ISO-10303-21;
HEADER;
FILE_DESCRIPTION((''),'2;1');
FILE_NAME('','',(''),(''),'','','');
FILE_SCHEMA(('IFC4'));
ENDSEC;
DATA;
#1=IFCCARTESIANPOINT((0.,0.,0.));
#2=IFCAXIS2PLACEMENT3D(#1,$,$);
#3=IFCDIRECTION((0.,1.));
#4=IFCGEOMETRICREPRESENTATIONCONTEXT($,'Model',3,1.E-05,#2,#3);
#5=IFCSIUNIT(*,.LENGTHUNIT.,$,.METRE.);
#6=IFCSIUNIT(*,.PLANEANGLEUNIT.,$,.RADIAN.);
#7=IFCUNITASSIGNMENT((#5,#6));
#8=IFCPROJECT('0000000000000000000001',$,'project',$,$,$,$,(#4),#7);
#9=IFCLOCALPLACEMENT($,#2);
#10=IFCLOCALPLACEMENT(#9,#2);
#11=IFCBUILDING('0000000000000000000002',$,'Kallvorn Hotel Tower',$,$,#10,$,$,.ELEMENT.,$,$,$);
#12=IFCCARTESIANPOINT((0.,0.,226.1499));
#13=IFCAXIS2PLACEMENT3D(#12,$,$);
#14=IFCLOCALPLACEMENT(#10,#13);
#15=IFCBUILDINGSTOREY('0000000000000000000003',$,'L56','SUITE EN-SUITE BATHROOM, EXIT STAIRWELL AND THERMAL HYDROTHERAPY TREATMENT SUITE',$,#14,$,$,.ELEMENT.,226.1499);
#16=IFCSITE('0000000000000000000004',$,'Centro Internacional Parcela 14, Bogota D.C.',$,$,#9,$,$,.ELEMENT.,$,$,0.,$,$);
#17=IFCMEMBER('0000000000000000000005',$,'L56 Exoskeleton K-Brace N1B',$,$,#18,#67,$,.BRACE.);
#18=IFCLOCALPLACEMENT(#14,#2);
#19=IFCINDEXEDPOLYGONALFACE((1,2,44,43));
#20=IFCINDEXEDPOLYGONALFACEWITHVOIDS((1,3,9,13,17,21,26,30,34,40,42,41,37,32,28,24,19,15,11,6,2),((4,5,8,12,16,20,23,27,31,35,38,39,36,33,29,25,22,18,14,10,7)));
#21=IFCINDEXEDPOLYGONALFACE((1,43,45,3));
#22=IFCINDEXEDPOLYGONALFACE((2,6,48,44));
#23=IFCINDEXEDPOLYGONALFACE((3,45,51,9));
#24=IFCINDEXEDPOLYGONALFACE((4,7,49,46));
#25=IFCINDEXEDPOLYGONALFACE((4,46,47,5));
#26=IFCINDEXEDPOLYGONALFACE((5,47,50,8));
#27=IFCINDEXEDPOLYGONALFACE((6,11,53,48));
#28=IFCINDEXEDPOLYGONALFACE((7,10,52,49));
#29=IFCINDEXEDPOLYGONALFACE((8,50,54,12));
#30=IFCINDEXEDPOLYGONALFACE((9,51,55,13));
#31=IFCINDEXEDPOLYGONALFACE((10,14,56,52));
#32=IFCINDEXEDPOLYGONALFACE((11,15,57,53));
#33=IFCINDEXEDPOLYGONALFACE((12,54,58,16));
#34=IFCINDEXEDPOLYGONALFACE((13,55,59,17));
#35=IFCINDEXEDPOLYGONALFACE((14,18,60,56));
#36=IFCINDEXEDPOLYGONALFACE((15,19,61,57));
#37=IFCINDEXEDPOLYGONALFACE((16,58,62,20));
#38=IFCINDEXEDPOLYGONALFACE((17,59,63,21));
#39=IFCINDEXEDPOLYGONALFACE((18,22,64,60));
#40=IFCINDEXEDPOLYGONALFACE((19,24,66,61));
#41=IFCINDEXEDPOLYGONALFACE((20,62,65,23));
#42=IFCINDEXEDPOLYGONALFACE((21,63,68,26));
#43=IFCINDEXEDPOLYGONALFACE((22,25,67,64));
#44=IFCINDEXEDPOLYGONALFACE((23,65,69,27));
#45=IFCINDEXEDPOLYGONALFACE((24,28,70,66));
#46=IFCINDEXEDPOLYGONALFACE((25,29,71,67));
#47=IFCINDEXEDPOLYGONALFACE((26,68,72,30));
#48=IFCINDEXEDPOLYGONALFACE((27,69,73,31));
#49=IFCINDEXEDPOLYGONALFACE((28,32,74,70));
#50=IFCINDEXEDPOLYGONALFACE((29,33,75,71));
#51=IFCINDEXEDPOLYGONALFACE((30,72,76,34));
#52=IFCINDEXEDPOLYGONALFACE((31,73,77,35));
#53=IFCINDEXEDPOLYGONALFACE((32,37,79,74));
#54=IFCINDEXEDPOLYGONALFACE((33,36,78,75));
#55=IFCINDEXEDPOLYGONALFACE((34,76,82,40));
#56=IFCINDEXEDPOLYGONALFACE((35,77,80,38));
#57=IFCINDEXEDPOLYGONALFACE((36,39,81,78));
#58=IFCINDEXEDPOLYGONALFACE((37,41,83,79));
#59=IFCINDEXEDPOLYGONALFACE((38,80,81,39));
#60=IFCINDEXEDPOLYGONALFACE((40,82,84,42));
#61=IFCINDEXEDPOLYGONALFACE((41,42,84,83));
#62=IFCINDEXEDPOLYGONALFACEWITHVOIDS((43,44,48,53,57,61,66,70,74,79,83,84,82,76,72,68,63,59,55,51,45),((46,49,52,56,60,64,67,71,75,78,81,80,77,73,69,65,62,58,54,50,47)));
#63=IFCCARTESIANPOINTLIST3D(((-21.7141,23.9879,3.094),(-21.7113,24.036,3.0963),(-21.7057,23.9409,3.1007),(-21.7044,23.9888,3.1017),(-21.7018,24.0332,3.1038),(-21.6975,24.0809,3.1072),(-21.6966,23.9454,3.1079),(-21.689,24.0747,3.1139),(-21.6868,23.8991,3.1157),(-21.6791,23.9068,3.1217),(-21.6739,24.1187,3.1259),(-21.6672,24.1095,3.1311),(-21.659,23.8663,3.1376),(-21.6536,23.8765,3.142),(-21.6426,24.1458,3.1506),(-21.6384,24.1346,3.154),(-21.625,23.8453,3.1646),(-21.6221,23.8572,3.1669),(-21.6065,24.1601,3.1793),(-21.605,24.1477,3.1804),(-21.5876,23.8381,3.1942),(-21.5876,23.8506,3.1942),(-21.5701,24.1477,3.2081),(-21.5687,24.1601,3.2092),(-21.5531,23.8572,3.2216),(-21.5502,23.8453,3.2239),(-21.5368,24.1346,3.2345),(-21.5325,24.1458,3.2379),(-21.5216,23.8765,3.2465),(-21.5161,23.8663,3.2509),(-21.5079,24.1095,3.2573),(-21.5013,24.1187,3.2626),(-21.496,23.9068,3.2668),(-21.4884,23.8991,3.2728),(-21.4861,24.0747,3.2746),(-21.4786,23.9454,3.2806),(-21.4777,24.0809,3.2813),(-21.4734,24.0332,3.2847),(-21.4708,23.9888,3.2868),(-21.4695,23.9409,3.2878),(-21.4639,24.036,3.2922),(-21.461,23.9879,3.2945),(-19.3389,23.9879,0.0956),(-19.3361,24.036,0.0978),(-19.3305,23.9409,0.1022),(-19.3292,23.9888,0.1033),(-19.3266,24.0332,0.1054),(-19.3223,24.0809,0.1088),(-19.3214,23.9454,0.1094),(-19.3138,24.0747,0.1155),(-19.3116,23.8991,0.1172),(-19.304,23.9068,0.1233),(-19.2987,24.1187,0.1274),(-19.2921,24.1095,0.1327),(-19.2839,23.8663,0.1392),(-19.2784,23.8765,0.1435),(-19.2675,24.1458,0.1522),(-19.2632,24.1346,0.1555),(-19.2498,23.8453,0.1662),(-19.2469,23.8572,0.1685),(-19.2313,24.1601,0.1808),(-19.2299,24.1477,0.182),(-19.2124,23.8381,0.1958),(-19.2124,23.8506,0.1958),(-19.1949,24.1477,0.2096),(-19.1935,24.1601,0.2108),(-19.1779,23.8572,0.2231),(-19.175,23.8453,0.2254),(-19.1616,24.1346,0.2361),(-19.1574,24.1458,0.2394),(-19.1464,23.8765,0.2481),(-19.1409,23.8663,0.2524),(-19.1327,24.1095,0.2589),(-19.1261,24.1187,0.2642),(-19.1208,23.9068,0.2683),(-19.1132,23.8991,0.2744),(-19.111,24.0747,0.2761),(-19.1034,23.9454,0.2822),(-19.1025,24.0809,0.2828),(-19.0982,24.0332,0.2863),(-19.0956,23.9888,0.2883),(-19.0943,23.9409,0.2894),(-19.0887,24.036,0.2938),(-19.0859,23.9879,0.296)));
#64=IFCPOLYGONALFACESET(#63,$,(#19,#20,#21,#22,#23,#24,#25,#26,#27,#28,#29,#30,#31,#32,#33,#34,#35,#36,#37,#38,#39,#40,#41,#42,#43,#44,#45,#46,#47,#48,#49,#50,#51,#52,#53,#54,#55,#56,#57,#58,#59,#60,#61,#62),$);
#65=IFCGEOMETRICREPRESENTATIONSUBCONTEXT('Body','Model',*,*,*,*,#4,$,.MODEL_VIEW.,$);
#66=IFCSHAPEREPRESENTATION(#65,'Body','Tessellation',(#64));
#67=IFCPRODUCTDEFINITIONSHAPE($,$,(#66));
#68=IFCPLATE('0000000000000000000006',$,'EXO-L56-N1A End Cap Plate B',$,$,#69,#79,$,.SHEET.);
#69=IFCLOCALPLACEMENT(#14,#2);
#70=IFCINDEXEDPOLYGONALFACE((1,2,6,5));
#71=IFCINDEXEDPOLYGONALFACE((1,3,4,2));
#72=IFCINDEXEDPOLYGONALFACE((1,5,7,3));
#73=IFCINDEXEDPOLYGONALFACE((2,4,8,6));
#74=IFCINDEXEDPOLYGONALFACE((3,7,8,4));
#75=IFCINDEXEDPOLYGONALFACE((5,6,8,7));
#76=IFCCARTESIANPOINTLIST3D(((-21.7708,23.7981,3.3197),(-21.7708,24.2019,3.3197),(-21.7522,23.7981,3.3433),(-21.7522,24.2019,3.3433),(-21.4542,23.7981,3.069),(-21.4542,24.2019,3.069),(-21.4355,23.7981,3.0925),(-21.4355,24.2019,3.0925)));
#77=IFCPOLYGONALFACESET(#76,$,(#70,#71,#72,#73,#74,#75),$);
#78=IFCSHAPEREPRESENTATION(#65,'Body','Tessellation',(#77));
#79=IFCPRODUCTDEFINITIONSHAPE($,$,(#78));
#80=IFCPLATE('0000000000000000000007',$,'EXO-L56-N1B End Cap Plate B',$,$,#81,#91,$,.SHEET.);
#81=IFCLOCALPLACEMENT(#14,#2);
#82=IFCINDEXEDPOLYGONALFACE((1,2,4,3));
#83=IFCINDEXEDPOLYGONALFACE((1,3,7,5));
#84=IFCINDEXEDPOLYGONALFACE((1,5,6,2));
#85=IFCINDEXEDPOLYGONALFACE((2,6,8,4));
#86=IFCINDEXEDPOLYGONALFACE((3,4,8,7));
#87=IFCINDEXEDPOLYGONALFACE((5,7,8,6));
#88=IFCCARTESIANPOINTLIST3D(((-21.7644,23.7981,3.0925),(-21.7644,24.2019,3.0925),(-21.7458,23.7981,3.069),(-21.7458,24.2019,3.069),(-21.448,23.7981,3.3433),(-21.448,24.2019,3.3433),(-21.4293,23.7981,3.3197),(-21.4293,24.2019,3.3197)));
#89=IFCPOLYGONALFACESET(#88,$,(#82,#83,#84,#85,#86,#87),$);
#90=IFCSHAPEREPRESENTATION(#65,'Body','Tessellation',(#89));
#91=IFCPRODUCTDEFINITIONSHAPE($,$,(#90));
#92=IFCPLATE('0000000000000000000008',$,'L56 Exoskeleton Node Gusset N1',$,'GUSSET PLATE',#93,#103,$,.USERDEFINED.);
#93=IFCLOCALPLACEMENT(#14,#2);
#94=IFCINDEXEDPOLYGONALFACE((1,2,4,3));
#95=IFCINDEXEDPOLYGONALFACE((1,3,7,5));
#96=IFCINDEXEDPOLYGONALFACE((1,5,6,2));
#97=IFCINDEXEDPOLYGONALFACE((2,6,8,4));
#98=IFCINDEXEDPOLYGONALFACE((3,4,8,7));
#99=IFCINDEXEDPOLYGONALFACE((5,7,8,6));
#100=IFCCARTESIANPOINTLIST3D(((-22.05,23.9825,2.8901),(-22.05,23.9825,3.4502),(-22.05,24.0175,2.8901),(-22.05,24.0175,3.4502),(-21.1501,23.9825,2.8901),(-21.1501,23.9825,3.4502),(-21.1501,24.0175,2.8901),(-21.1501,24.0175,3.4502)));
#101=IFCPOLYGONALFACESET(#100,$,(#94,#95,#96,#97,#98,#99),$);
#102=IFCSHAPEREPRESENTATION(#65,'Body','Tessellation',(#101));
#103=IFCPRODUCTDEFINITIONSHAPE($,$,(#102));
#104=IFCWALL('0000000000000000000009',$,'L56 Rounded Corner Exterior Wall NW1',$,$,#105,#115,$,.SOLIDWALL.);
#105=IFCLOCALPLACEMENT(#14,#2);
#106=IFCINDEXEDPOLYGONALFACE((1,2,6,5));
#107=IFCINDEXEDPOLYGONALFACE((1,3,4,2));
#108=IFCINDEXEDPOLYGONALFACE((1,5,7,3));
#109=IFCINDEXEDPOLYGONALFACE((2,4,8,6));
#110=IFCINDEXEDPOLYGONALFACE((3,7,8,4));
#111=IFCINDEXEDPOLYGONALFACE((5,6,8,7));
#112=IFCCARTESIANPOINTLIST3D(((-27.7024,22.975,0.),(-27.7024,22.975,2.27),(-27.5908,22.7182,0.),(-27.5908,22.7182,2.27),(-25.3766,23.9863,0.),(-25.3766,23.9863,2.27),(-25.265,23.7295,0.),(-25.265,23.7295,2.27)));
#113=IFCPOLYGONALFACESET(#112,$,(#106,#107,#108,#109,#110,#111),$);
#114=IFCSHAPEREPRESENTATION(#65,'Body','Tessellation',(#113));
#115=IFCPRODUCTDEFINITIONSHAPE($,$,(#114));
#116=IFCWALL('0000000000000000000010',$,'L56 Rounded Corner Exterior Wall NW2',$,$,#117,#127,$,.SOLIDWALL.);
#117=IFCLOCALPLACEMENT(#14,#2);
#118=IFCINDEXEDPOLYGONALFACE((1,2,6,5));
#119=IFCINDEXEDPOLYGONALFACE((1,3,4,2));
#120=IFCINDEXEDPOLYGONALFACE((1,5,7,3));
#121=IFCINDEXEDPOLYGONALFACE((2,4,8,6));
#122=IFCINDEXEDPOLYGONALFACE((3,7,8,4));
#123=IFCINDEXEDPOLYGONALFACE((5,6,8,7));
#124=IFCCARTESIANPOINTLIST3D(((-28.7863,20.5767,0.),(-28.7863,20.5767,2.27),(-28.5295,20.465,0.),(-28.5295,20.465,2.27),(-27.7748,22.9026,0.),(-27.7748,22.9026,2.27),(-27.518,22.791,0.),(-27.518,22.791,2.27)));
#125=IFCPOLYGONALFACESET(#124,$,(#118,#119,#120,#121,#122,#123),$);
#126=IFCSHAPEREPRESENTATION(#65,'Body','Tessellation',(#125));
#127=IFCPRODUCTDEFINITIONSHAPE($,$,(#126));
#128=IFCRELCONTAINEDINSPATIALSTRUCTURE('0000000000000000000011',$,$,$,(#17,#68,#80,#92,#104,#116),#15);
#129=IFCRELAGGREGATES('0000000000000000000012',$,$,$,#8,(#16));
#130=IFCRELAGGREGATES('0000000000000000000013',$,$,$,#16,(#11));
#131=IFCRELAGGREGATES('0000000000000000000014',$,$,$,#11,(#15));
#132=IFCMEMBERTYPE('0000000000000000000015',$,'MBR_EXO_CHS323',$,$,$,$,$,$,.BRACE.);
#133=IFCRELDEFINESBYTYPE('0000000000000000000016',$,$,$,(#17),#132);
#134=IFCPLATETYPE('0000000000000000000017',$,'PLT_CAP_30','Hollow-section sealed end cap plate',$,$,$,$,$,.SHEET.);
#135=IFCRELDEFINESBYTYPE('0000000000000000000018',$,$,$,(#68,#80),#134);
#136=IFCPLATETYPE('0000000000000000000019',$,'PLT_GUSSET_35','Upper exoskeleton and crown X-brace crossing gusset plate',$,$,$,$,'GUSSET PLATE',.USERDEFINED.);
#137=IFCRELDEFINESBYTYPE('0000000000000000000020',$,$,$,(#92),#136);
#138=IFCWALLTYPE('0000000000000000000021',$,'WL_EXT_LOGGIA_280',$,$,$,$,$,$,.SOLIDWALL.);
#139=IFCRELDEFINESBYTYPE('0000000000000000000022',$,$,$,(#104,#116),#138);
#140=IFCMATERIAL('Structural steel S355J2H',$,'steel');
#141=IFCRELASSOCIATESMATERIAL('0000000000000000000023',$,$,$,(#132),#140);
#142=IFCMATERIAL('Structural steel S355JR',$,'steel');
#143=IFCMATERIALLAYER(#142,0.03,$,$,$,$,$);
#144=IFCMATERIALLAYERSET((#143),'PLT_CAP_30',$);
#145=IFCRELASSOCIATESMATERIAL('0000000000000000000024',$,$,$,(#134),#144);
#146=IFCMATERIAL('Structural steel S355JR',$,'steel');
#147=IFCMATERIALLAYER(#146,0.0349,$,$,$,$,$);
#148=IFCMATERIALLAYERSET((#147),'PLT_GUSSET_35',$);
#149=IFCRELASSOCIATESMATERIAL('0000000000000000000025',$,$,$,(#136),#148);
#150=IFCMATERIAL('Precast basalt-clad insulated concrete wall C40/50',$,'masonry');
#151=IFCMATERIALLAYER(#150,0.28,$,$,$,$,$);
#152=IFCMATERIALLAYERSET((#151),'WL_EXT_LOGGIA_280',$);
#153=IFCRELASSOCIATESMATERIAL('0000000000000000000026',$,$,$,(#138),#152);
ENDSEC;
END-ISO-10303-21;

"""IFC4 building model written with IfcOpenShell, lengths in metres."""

from ifc_helpers import new_model, si_unit, direction, frame, frame_2d, origin, origin_2d, place, context, subcontext, project, spatial, polyline, rectangle, hollow_circle, outline, extrude, material, layer, layer_set, material_profile, profile_set, type_object, element, save


model = new_model("IFC4")

# Units and contexts
model_context = context("Model", 3, precision=1e-05, world=origin(), true_north=direction((0.0, 1.0)))
body_context = subcontext(model_context, "Body", "Model", "MODEL_VIEW")
ifc_project = project(units=[si_unit("LENGTHUNIT", "METRE"), si_unit("PLANEANGLEUNIT", "RADIAN")], contexts=[model_context])

# Site, building, storey
site_placement = place(None, origin())
site = spatial("IfcSite", under=ifc_project, at=site_placement, Name="Centro Internacional Parcela 14, Bogota D.C.", CompositionType="ELEMENT", RefElevation=0.0)
building_placement = place(site_placement, origin())
building = spatial("IfcBuilding", under=site, at=building_placement, Name="Kallvorn Hotel Tower", CompositionType="ELEMENT")
storey_placement = place(building_placement, frame((0.0, 0.0, 226.1499)))
storey = spatial("IfcBuildingStorey", under=building, at=storey_placement, Name="L56", Description="SUITE EN-SUITE BATHROOM, EXIT STAIRWELL AND THERMAL HYDROTHERAPY TREATMENT SUITE", CompositionType="ELEMENT", Elevation=226.1499)

# Member
ifc_material_1 = material(Name="Structural steel S355J2H", Category="steel")
ifc_material_profile_1 = material_profile(ifc_material_1, hollow_circle(Radius=0.1619, WallThickness=0.0125, at=origin_2d()), Name="CHS 323.9x12.5")
ifc_profile_set_1 = profile_set([ifc_material_profile_1], Name="Structural steel S355J2H")
member_type_1 = type_object("IfcMemberType", Name="MBR_EXO_CHS323", PredefinedType="BRACE", material=ifc_profile_set_1)
for number, where, z_axis, x_axis, name in (
    (1, (-19.2124, 24.0, 0.1958), (-0.620929, 0.0, 0.783867), (0.0, -1.0, 0.0), "L56 Exoskeleton K-Brace N1B"),
):
    element("IfcMember", number, at=place(storey_placement, frame(where, z_axis=z_axis, x_axis=x_axis)), inside=storey, type_object=member_type_1, Name=name, PredefinedType="BRACE", context=body_context, shape_type="SweptSolid", body=[
        extrude(hollow_circle(Radius=0.1619, WallThickness=0.0125, at=origin_2d()), origin(), (0.0, 0.0, 1.0), 3.8252),
    ])

# Plates
ifc_material_2 = material(Name="Structural steel S355JR", Category="steel")
ifc_layer_1 = layer(ifc_material_2, 0.03)
ifc_layer_set_1 = layer_set([ifc_layer_1], Name="PLT_CAP_30")
plate_type_1 = type_object("IfcPlateType", Name="PLT_CAP_30", Description="Hollow-section sealed end cap plate", PredefinedType="SHEET", material=ifc_layer_set_1)
plate_1_placement = place(storey_placement, frame((-21.4355, 23.7981, 3.0925), z_axis=(0.62078, 0.0, 0.783985), x_axis=(0.0, 1.0, 0.0)))
element("IfcPlate", 2, at=plate_1_placement, inside=storey, type_object=plate_type_1, Name="EXO-L56-N1A End Cap Plate B", PredefinedType="SHEET", context=body_context, shape_type="SweptSolid", body=[
    extrude(outline(polyline([(0.0, 0.0), (0.4038, 0.0), (0.4038, 0.4039), (0.0, 0.4039), (0.0, 0.0)])), origin(), (0.0, 0.0, -1.0), 0.03),
])
plate_2_placement = place(storey_placement, frame((-21.7644, 24.2019, 3.0925), z_axis=(-0.621075, 0.0, 0.783751), x_axis=(0.0, -1.0, 0.0)))
element("IfcPlate", 3, at=plate_2_placement, inside=storey, type_object=plate_type_1, Name="EXO-L56-N1B End Cap Plate B", PredefinedType="SHEET", context=body_context, shape_type="SweptSolid", body=[
    extrude(outline(polyline([(0.0, 0.0), (0.4038, 0.0), (0.4038, 0.4037), (0.0, 0.4037), (0.0, 0.0)])), origin(), (0.0, 0.0, -1.0), 0.03),
])
ifc_material_3 = material(Name="Structural steel S355JR", Category="steel")
ifc_layer_2 = layer(ifc_material_3, 0.0349)
ifc_layer_set_2 = layer_set([ifc_layer_2], Name="PLT_GUSSET_35")
plate_type_2 = type_object("IfcPlateType", Name="PLT_GUSSET_35", Description="Upper exoskeleton and crown X-brace crossing gusset plate", ElementType="GUSSET PLATE", PredefinedType="USERDEFINED", material=ifc_layer_set_2)
plate_3_placement = place(storey_placement, frame((-21.6001, 24.0, 2.8901), z_axis=(0.0, 0.0, 1.0), x_axis=(1.0, 0.0, 0.0)))
element("IfcPlate", 4, at=plate_3_placement, inside=storey, type_object=plate_type_2, Name="L56 Exoskeleton Node Gusset N1", ObjectType="GUSSET PLATE", PredefinedType="USERDEFINED", context=body_context, shape_type="SweptSolid", body=[
    extrude(rectangle(XDim=0.8999, YDim=0.0349, at=origin_2d()), origin(), (0.0, 0.0, 1.0), 0.5601),
])

# Walls
ifc_material_4 = material(Name="Precast basalt-clad insulated concrete wall C40/50", Category="masonry")
ifc_layer_3 = layer(ifc_material_4, 0.28)
ifc_layer_set_3 = layer_set([ifc_layer_3], Name="WL_EXT_LOGGIA_280")
wall_type = type_object("IfcWallType", Name="WL_EXT_LOGGIA_280", PredefinedType="SOLIDWALL", material=ifc_layer_set_3)
wall_1_placement = place(storey_placement, frame((-25.3208, 23.8579, 0.0), z_axis=(0.0, 0.0, 1.0), x_axis=(-0.917061, -0.398747, 0.0)))
element("IfcWall", 5, at=wall_1_placement, inside=storey, type_object=wall_type, Name="L56 Rounded Corner Exterior Wall NW1", PredefinedType="SOLIDWALL", context=body_context, shape_type="SweptSolid", body=[
    extrude(rectangle(XDim=2.5361, YDim=0.28, at=frame_2d((1.2681, 0.0))), origin(), (0.0, 0.0, 1.0), 2.27),
])
wall_2_placement = place(storey_placement, frame((-27.6465, 22.8467, 0.0), z_axis=(0.0, 0.0, 1.0), x_axis=(-0.398793, -0.917041, 0.0)))
element("IfcWall", 6, at=wall_2_placement, inside=storey, type_object=wall_type, Name="L56 Rounded Corner Exterior Wall NW2", PredefinedType="SOLIDWALL", context=body_context, shape_type="SweptSolid", body=[
    extrude(rectangle(XDim=2.5364, YDim=0.28, at=frame_2d((1.2681, 0.0))), origin(), (0.0, 0.0, 1.0), 2.27),
])

save(model, "model.ifc")
